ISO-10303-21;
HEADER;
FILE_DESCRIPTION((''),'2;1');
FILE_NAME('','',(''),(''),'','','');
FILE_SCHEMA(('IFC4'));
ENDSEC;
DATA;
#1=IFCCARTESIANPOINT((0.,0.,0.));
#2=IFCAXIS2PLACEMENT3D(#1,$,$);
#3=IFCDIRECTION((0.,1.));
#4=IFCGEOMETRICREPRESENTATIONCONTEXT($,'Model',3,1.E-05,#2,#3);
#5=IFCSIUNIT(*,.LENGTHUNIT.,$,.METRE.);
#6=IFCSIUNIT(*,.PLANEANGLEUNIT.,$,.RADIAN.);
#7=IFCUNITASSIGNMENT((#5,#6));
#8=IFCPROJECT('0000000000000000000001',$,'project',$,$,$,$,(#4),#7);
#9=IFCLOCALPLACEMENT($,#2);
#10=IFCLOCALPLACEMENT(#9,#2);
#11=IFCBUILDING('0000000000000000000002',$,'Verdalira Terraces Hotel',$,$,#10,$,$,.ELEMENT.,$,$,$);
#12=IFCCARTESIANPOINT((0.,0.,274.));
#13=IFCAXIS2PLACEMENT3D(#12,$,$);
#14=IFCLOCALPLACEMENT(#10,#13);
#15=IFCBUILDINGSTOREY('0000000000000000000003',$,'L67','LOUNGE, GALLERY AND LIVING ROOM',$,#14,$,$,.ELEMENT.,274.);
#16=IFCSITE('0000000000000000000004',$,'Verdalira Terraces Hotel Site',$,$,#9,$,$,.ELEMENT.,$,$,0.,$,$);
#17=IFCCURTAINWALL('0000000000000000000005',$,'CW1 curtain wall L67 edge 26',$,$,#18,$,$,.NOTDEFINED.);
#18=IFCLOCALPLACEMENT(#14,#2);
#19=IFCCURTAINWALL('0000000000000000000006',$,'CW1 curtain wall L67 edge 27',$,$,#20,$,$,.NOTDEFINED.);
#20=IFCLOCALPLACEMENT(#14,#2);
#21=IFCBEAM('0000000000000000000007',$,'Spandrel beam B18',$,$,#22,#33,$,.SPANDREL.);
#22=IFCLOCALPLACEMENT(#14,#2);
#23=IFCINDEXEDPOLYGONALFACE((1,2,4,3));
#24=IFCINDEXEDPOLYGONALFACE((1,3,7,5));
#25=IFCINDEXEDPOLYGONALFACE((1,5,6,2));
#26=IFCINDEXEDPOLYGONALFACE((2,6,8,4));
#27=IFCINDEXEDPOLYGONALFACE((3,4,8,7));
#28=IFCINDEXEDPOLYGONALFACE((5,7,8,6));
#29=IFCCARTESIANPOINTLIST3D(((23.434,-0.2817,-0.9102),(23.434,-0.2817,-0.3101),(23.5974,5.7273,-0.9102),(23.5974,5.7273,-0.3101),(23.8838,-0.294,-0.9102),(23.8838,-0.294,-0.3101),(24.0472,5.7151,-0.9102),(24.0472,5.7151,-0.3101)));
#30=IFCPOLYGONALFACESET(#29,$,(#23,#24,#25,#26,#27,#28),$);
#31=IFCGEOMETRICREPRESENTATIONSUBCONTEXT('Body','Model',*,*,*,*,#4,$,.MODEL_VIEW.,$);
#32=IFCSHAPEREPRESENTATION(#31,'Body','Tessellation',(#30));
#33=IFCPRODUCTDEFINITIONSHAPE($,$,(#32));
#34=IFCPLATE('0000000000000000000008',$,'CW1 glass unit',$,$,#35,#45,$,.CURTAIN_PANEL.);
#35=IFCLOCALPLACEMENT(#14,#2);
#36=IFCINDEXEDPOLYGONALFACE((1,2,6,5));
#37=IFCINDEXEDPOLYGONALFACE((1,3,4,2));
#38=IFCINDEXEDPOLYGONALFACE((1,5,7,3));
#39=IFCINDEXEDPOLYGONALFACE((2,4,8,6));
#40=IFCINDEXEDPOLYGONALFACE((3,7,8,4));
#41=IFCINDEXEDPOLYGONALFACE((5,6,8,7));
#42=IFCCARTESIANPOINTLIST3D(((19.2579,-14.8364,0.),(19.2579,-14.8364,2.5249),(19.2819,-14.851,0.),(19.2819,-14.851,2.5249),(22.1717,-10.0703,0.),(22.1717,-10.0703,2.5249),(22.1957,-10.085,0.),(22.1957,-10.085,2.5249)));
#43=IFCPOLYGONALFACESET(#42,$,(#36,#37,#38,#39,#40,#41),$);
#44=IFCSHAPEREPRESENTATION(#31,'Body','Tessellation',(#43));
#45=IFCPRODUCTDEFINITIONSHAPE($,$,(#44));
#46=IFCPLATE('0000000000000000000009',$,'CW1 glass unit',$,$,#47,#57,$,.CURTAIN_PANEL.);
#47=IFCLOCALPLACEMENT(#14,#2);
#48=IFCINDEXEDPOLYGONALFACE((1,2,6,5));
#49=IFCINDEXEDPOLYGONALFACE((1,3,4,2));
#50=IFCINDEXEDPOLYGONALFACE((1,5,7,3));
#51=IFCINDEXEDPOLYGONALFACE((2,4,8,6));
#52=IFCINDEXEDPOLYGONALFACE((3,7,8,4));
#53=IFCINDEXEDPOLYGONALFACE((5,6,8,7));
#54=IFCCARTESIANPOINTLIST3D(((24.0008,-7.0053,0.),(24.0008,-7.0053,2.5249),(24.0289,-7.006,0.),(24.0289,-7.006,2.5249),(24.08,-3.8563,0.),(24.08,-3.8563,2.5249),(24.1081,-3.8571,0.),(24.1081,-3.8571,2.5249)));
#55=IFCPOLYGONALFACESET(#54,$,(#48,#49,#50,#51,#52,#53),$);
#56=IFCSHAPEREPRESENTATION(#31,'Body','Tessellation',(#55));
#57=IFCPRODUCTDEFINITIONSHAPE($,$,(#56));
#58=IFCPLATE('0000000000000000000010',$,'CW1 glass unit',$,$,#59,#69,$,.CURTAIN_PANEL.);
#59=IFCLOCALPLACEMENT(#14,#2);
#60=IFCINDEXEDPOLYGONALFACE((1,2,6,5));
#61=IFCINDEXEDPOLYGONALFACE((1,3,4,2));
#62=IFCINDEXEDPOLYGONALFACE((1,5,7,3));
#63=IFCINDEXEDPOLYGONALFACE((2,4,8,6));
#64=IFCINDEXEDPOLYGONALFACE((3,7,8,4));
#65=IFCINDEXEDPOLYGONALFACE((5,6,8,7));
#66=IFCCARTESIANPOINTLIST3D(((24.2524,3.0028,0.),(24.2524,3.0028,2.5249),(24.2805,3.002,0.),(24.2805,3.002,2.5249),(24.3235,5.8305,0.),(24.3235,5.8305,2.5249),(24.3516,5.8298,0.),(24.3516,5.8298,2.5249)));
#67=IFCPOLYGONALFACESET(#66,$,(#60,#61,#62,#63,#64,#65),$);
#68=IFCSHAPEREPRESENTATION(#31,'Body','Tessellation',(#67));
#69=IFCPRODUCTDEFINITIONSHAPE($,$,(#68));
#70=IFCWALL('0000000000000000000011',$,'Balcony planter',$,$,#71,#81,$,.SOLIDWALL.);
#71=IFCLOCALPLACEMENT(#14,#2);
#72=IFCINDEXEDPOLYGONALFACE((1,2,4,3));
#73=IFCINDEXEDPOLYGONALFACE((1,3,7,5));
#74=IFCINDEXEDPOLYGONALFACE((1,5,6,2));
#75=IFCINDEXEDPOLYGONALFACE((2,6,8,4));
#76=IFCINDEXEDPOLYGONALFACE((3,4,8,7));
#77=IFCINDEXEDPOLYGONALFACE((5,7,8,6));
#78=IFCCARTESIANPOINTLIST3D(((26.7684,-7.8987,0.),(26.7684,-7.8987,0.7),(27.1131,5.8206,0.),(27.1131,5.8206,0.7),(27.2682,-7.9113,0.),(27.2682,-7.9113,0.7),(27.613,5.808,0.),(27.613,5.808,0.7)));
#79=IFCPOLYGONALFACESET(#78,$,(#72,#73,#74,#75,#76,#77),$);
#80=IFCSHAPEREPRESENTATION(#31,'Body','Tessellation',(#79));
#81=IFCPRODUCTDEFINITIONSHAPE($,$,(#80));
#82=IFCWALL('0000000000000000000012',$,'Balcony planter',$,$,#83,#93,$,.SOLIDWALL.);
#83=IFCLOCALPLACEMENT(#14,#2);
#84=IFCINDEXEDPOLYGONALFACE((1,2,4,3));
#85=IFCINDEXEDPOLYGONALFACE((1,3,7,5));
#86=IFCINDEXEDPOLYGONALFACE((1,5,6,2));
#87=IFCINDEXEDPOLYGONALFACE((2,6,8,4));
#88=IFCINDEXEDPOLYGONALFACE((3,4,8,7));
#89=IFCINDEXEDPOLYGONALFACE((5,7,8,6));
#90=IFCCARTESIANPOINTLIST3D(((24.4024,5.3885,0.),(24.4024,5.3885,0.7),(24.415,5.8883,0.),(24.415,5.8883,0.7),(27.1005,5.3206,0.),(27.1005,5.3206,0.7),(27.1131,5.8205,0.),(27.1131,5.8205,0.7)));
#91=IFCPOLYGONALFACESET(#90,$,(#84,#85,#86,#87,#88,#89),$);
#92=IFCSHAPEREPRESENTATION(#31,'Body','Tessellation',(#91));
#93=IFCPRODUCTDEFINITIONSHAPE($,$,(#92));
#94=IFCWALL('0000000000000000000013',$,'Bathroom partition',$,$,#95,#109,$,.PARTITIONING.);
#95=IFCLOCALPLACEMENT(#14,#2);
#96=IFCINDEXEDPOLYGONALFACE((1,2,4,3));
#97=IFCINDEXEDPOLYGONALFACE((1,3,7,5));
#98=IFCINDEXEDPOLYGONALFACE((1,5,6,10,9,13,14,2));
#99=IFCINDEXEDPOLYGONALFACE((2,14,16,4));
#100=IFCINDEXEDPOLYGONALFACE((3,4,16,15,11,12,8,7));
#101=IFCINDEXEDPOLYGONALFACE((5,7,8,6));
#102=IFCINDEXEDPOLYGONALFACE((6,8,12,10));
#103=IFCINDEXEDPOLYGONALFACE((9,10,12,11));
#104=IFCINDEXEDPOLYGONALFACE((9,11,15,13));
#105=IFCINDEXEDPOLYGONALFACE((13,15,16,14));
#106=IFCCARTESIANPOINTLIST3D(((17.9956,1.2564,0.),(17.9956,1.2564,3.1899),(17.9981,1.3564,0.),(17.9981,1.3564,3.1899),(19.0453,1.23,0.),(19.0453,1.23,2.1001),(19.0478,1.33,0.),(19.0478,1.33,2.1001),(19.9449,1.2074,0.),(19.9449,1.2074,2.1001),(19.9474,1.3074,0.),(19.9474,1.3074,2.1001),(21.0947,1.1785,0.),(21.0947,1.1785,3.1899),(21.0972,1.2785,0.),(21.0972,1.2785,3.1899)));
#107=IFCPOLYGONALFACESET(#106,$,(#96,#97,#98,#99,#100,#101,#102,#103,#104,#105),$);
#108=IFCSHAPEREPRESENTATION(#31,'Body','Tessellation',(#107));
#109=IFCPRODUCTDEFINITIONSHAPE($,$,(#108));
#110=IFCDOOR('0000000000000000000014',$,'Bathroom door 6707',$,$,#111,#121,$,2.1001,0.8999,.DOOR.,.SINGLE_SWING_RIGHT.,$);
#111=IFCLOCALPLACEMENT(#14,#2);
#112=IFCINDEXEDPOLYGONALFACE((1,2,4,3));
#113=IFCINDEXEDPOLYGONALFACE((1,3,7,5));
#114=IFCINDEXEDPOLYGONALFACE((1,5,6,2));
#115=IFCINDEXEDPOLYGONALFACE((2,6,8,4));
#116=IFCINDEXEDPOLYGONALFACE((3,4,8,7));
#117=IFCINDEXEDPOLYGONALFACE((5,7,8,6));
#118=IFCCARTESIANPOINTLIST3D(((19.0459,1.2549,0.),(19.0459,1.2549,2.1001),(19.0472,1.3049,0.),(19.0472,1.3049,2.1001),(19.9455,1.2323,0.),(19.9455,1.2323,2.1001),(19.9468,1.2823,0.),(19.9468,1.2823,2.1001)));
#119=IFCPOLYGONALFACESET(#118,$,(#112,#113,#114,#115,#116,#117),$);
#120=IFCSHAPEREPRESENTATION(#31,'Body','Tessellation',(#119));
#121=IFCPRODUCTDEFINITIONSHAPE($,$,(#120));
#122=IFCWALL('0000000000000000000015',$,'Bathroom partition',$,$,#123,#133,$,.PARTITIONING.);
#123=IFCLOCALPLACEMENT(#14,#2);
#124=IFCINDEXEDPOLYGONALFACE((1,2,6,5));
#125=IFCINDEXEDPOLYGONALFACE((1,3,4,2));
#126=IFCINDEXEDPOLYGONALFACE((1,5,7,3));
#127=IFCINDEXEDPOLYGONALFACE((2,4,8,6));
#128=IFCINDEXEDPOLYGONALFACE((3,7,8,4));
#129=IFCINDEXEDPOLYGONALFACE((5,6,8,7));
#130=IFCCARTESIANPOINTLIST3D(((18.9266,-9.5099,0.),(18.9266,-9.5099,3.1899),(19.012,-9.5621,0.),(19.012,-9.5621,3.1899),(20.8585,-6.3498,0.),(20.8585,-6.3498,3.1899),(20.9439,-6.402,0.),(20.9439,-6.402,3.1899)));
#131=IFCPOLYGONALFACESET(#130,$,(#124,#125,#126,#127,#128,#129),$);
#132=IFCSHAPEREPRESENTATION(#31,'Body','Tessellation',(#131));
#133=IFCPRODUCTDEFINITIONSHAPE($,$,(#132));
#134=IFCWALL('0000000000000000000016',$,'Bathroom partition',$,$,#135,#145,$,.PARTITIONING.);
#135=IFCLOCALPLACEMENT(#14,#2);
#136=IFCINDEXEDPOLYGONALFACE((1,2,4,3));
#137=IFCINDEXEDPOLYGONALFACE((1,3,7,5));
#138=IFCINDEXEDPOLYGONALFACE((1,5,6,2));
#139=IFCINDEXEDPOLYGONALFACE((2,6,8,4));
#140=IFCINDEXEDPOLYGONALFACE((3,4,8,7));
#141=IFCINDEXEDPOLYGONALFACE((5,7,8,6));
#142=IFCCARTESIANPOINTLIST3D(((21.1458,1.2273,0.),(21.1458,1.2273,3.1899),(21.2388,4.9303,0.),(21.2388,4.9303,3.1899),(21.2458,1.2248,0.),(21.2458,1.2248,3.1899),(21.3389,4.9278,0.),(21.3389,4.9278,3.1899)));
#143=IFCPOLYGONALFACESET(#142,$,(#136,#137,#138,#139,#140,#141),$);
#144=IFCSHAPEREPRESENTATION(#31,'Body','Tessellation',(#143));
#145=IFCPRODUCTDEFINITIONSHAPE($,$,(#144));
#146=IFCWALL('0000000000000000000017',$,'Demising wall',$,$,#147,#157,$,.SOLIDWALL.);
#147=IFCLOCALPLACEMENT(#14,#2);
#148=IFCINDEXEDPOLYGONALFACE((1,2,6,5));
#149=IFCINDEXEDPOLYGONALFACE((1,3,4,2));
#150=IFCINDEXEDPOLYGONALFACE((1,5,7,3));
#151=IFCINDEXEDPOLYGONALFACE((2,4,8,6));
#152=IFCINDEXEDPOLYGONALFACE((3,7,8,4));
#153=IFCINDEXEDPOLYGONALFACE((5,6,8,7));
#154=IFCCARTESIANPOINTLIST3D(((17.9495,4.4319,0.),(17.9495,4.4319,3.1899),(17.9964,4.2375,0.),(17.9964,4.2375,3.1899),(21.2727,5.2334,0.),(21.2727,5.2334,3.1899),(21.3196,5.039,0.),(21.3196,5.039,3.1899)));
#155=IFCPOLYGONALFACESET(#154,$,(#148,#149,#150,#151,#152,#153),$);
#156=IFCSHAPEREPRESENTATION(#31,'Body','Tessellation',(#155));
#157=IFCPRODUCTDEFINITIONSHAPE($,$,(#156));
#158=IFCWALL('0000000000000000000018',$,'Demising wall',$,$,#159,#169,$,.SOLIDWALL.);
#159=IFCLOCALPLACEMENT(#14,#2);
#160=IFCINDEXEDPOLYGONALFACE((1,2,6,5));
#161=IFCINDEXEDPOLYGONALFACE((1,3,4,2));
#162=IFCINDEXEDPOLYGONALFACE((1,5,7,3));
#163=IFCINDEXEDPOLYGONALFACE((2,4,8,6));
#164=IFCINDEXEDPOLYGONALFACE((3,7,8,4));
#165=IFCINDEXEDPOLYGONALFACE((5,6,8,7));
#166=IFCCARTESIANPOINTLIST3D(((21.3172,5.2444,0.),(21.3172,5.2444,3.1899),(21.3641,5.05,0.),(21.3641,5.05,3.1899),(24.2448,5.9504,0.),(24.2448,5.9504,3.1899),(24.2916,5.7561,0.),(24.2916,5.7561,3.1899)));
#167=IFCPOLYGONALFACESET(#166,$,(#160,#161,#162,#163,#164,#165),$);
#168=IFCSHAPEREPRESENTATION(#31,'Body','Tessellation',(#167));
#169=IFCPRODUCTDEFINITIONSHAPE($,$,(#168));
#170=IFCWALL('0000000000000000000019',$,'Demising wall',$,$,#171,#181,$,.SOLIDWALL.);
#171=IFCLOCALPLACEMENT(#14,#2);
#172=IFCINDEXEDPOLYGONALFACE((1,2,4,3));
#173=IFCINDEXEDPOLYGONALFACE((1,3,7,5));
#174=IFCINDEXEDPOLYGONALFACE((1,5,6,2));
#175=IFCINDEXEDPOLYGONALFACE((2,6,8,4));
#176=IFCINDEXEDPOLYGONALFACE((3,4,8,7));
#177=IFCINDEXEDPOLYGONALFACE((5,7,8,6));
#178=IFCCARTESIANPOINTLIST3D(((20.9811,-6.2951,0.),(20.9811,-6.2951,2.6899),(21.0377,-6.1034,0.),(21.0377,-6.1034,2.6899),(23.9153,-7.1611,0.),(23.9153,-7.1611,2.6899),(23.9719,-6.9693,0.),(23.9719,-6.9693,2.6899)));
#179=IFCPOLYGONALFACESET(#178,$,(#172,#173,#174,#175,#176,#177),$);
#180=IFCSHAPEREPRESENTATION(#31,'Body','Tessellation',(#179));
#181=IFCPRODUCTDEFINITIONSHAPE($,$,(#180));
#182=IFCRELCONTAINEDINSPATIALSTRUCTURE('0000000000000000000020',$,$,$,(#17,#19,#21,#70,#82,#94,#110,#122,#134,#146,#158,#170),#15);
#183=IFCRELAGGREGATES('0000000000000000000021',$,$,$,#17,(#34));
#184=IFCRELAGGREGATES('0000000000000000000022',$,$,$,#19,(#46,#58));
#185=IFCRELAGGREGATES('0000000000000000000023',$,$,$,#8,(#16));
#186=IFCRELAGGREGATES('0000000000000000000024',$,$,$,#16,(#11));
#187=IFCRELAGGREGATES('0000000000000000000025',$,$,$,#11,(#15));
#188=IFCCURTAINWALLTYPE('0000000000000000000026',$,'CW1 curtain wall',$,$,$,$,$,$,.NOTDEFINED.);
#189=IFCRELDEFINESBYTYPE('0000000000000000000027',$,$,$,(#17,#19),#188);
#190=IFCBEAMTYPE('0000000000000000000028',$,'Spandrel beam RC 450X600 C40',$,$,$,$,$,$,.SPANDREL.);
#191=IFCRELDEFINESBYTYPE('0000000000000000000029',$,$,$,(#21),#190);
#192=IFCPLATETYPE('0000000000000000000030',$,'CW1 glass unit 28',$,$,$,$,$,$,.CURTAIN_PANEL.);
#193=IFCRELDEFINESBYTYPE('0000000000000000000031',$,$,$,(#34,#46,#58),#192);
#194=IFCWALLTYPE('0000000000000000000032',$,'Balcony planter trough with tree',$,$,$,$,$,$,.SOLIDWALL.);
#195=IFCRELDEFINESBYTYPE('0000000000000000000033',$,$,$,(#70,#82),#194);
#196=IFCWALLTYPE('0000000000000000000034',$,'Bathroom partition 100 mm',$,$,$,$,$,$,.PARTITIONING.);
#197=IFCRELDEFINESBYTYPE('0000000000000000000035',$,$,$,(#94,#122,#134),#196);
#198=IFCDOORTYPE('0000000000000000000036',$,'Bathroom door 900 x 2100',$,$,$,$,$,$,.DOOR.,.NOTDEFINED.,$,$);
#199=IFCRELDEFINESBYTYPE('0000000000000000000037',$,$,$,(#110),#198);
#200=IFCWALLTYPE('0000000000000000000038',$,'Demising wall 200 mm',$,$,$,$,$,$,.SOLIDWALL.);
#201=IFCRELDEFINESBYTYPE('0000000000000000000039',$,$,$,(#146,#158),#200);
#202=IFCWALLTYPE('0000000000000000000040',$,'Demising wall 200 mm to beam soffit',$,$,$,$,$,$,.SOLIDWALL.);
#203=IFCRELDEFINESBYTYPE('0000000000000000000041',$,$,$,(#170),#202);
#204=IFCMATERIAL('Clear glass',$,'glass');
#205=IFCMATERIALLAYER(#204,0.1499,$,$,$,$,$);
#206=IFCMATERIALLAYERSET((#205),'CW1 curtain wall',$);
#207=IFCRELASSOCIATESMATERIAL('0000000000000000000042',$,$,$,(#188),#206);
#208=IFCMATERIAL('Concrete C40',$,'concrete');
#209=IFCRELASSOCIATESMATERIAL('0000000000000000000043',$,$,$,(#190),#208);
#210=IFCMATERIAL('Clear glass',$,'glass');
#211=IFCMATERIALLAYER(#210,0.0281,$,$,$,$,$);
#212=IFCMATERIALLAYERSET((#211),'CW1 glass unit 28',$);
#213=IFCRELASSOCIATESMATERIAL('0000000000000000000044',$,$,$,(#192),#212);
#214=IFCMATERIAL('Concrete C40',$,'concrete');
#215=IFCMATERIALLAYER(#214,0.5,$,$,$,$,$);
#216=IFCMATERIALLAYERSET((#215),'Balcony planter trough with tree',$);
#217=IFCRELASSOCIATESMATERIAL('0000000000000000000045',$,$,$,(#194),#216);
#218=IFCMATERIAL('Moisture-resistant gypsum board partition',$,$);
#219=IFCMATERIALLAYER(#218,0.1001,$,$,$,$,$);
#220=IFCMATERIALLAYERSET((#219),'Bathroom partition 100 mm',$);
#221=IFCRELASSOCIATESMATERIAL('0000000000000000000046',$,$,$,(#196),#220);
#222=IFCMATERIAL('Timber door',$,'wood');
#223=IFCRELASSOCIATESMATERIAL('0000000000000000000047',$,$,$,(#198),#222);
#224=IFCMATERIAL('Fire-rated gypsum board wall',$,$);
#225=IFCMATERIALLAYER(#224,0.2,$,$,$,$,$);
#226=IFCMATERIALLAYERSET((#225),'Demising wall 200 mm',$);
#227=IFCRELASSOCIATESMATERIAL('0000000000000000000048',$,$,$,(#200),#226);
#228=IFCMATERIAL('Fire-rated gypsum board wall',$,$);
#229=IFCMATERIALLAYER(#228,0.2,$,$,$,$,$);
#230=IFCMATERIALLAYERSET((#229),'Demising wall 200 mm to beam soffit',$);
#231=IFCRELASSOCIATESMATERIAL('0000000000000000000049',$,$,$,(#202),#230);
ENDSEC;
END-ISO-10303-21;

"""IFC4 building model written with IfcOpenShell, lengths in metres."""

from ifc_helpers import new_model, si_unit, direction, frame, frame_2d, origin, origin_2d, place, context, subcontext, project, spatial, rectangle, extrude, material, layer, layer_set, material_profile, profile_set, type_object, element, fill, aggregate, save


model = new_model("IFC4")

# Units and contexts
model_context = context("Model", 3, precision=1e-05, world=origin(), true_north=direction((0.0, 1.0)))
body_context = subcontext(model_context, "Body", "Model", "MODEL_VIEW")
ifc_project = project(units=[si_unit("LENGTHUNIT", "METRE"), si_unit("PLANEANGLEUNIT", "RADIAN")], contexts=[model_context])

# Site, building, storey
site_placement = place(None, origin())
site = spatial("IfcSite", under=ifc_project, at=site_placement, Name="Verdalira Terraces Hotel Site", CompositionType="ELEMENT", RefElevation=0.0)
building_placement = place(site_placement, origin())
building = spatial("IfcBuilding", under=site, at=building_placement, Name="Verdalira Terraces Hotel", CompositionType="ELEMENT")
storey_placement = place(building_placement, frame((0.0, 0.0, 274.0)))
storey = spatial("IfcBuildingStorey", under=building, at=storey_placement, Name="L67", Description="LOUNGE, GALLERY AND LIVING ROOM", CompositionType="ELEMENT", Elevation=274.0)

# Curtain wall
ifc_material_1 = material(Name="Clear glass", Category="glass")
ifc_layer_1 = layer(ifc_material_1, 0.1499)
ifc_layer_set_1 = layer_set([ifc_layer_1], Name="CW1 curtain wall")
curtain_wall_type = type_object("IfcCurtainWallType", Name="CW1 curtain wall", PredefinedType="NOTDEFINED", material=ifc_layer_set_1)
curtain_wall_1_placement = place(storey_placement, origin())
curtain_wall_1 = element("IfcCurtainWall", 1, at=curtain_wall_1_placement, inside=storey, type_object=curtain_wall_type, Name="CW1 curtain wall L67 edge 26", PredefinedType="NOTDEFINED")

# Curtain wall
curtain_wall_2_placement = place(storey_placement, origin())
curtain_wall_2 = element("IfcCurtainWall", 2, at=curtain_wall_2_placement, inside=storey, type_object=curtain_wall_type, Name="CW1 curtain wall L67 edge 27", PredefinedType="NOTDEFINED")

# Beam
ifc_material_2 = material(Name="Concrete C40", Category="concrete")
ifc_material_profile_1 = material_profile(ifc_material_2, rectangle(XDim=0.45, YDim=0.6001, at=origin_2d()), Name="RC 450X600")
ifc_profile_set_1 = profile_set([ifc_material_profile_1], Name="Concrete C40")
beam_type_1 = type_object("IfcBeamType", Name="Spandrel beam RC 450X600 C40", PredefinedType="SPANDREL", material=ifc_profile_set_1)
beam_1_placement = place(storey_placement, frame((23.6589, -0.2878, -0.6101), z_axis=(0.027171, 0.999631, 0.0), x_axis=(-0.999631, 0.027171, 0.0)))
element("IfcBeam", 3, at=beam_1_placement, inside=storey, type_object=beam_type_1, Name="Spandrel beam B18", PredefinedType="SPANDREL", context=body_context, shape_type="SweptSolid", body=[
    extrude(rectangle(XDim=0.45, YDim=0.6001, at=origin_2d()), origin(), (0.0, 0.0, 1.0), 6.0112),
])

# Plates
ifc_material_3 = material(Name="Clear glass", Category="glass")
ifc_layer_2 = layer(ifc_material_3, 0.0281)
ifc_layer_set_2 = layer_set([ifc_layer_2], Name="CW1 glass unit 28")
plate_type = type_object("IfcPlateType", Name="CW1 glass unit 28", PredefinedType="CURTAIN_PANEL", material=ifc_layer_set_2)
plate_1_placement = place(storey_placement, frame((20.7268, -12.4607, 0.0), z_axis=(0.0, 0.0, 1.0), x_axis=(0.521605, 0.853187, 0.0)))
plate_1 = element("IfcPlate", 4, at=plate_1_placement, type_object=plate_type, Name="CW1 glass unit", PredefinedType="CURTAIN_PANEL", context=body_context, shape_type="SweptSolid", body=[
    extrude(rectangle(XDim=5.5862, YDim=0.0281, at=origin_2d()), origin(), (0.0, 0.0, 1.0), 2.5249),
])
aggregate(curtain_wall_1, [plate_1])
plate_2_placement = place(storey_placement, frame((24.0544, -5.4312, 0.0), z_axis=(0.0, 0.0, 1.0), x_axis=(0.02513, 0.999684, 0.0)))
plate_2 = element("IfcPlate", 5, at=plate_2_placement, type_object=plate_type, Name="CW1 glass unit", PredefinedType="CURTAIN_PANEL", context=body_context, shape_type="SweptSolid", body=[
    extrude(rectangle(XDim=3.1499, YDim=0.0281, at=origin_2d()), origin(), (0.0, 0.0, 1.0), 2.5249),
])
plate_3_placement = place(storey_placement, frame((24.302, 4.4163, 0.0), z_axis=(0.0, 0.0, 1.0), x_axis=(0.02513, 0.999684, 0.0)))
plate_3 = element("IfcPlate", 6, at=plate_3_placement, type_object=plate_type, Name="CW1 glass unit", PredefinedType="CURTAIN_PANEL", context=body_context, shape_type="SweptSolid", body=[
    extrude(rectangle(XDim=2.8286, YDim=0.0281, at=origin_2d()), origin(), (0.0, 0.0, 1.0), 2.5249),
])
aggregate(curtain_wall_2, [plate_2, plate_3])

# Walls
ifc_material_4 = material(Name="Concrete C40", Category="concrete")
ifc_layer_3 = layer(ifc_material_4, 0.5)
ifc_layer_set_3 = layer_set([ifc_layer_3], Name="Balcony planter trough with tree")
wall_type_1 = type_object("IfcWallType", Name="Balcony planter trough with tree", PredefinedType="SOLIDWALL", material=ifc_layer_set_3)
wall_1_placement = place(storey_placement, frame((27.0183, -7.905, 0.0), z_axis=(0.0, 0.0, 1.0), x_axis=(0.025119, 0.999684, 0.0)))
element("IfcWall", 7, at=wall_1_placement, inside=storey, type_object=wall_type_1, Name="Balcony planter", PredefinedType="SOLIDWALL", context=body_context, shape_type="SweptSolid", body=[
    extrude(rectangle(XDim=13.7236, YDim=0.5, at=frame_2d((6.8618, 0.0))), origin(), (0.0, 0.0, 1.0), 0.7),
])
wall_2_placement = place(storey_placement, frame((27.1069, 5.5706, 0.0), z_axis=(0.0, 0.0, 1.0), x_axis=(-0.999684, 0.025146, 0.0)))
element("IfcWall", 8, at=wall_2_placement, inside=storey, type_object=wall_type_1, Name="Balcony planter", PredefinedType="SOLIDWALL", context=body_context, shape_type="SweptSolid", body=[
    extrude(rectangle(XDim=2.699, YDim=0.5, at=frame_2d((1.3496, 0.0))), origin(), (0.0, 0.0, 1.0), 0.7),
])

# Wall, opening, door
ifc_material_5 = material(Name="Moisture-resistant gypsum board partition")
ifc_layer_4 = layer(ifc_material_5, 0.1001)
ifc_layer_set_4 = layer_set([ifc_layer_4], Name="Bathroom partition 100 mm")
wall_type_2 = type_object("IfcWallType", Name="Bathroom partition 100 mm", PredefinedType="PARTITIONING", material=ifc_layer_set_4)
wall_3_placement = place(storey_placement, frame((17.9968, 1.3064, 0.0), z_axis=(0.0, 0.0, 1.0), x_axis=(0.999684, -0.025122, 0.0)))
wall_3 = element("IfcWall", 9, at=wall_3_placement, inside=storey, type_object=wall_type_2, Name="Bathroom partition", PredefinedType="PARTITIONING", context=body_context, shape_type="SweptSolid", body=[
    extrude(rectangle(XDim=3.1001, YDim=0.1001, at=frame_2d((1.55, 0.0))), origin(), (0.0, 0.0, 1.0), 3.1899),
])
opening_1_placement = place(wall_3_placement, frame((1.05, 0.0, 0.0)))
opening_1 = element("IfcOpeningElement", 10, at=opening_1_placement, cuts=wall_3, PredefinedType="OPENING", context=body_context, shape_type="SweptSolid", body=[
    extrude(rectangle(XDim=0.8999, YDim=2.1001, at=frame_2d((0.45, 1.05))), frame((0.0, 0.0601, 0.0), z_axis=(0.0, -1.0, 0.0), x_axis=(1.0, 0.0, 0.0)), (0.0, 0.0, 1.0), 0.1201),
])
ifc_material_6 = material(Name="Timber door", Category="wood")
door_type_1 = type_object("IfcDoorType", Name="Bathroom door 900 x 2100", OperationType="NOTDEFINED", PredefinedType="DOOR", material=ifc_material_6)
door_1_placement = place(opening_1_placement, origin())
door_1 = element("IfcDoor", 11, at=door_1_placement, inside=storey, type_object=door_type_1, Name="Bathroom door 6707", OperationType="SINGLE_SWING_RIGHT", OverallHeight=2.1001, OverallWidth=0.8999, PredefinedType="DOOR", context=body_context, shape_type="SweptSolid", body=[
    extrude(rectangle(XDim=0.8999, YDim=2.1001, at=frame_2d((0.45, 1.05))), frame((0.0, 0.0249, 0.0), z_axis=(0.0, -1.0, 0.0), x_axis=(1.0, 0.0, 0.0)), (0.0, 0.0, 1.0), 0.05),
])
fill(opening_1, door_1)

# Walls
wall_4_placement = place(storey_placement, frame((18.9692, -9.5361, 0.0), z_axis=(0.0, 0.0, 1.0), x_axis=(0.521583, 0.8532, 0.0)))
element("IfcWall", 12, at=wall_4_placement, inside=storey, type_object=wall_type_2, Name="Bathroom partition", PredefinedType="PARTITIONING", context=body_context, shape_type="SweptSolid", body=[
    extrude(rectangle(XDim=3.7039, YDim=0.1001, at=frame_2d((1.8521, 0.0))), origin(), (0.0, 0.0, 1.0), 3.1899),
])
wall_5_placement = place(storey_placement, frame((21.1958, 1.2261, 0.0), z_axis=(0.0, 0.0, 1.0), x_axis=(0.025112, 0.999685, 0.0)))
element("IfcWall", 13, at=wall_5_placement, inside=storey, type_object=wall_type_2, Name="Bathroom partition", PredefinedType="PARTITIONING", context=body_context, shape_type="SweptSolid", body=[
    extrude(rectangle(XDim=3.7041, YDim=0.1001, at=frame_2d((1.8521, 0.0))), origin(), (0.0, 0.0, 1.0), 3.1899),
])
ifc_material_7 = material(Name="Fire-rated gypsum board wall")
ifc_layer_5 = layer(ifc_material_7, 0.2)
ifc_layer_set_5 = layer_set([ifc_layer_5], Name="Demising wall 200 mm")
wall_type_3 = type_object("IfcWallType", Name="Demising wall 200 mm", PredefinedType="SOLIDWALL", material=ifc_layer_set_5)
wall_6_placement = place(storey_placement, frame((21.2961, 5.1362, 0.0), z_axis=(0.0, 0.0, 1.0), x_axis=(-0.972125, -0.234461, 0.0)))
element("IfcWall", 14, at=wall_6_placement, inside=storey, type_object=wall_type_3, Name="Demising wall", PredefinedType="SOLIDWALL", context=body_context, shape_type="SweptSolid", body=[
    extrude(rectangle(XDim=3.4185, YDim=0.2, at=frame_2d((1.7092, 0.0))), origin(), (0.0, 0.0, 1.0), 3.1899),
])
wall_7_placement = place(storey_placement, frame((24.2683, 5.8533, 0.0), z_axis=(0.0, 0.0, 1.0), x_axis=(-0.972126, -0.234458, 0.0)))
element("IfcWall", 15, at=wall_7_placement, inside=storey, type_object=wall_type_3, Name="Demising wall", PredefinedType="SOLIDWALL", context=body_context, shape_type="SweptSolid", body=[
    extrude(rectangle(XDim=3.0115, YDim=0.2, at=frame_2d((1.5059, 0.0))), origin(), (0.0, 0.0, 1.0), 3.1899),
])
ifc_material_8 = material(Name="Fire-rated gypsum board wall")
ifc_layer_6 = layer(ifc_material_8, 0.2)
ifc_layer_set_6 = layer_set([ifc_layer_6], Name="Demising wall 200 mm to beam soffit")
wall_type_4 = type_object("IfcWallType", Name="Demising wall 200 mm to beam soffit", PredefinedType="SOLIDWALL", material=ifc_layer_set_6)
wall_8_placement = place(storey_placement, frame((21.0093, -6.1992, 0.0), z_axis=(0.0, 0.0, 1.0), x_axis=(0.959106, -0.283048, 0.0)))
element("IfcWall", 16, at=wall_8_placement, inside=storey, type_object=wall_type_4, Name="Demising wall", PredefinedType="SOLIDWALL", context=body_context, shape_type="SweptSolid", body=[
    extrude(rectangle(XDim=3.0593, YDim=0.2, at=frame_2d((1.5298, 0.0))), origin(), (0.0, 0.0, 1.0), 2.6899),
])

save(model, "model.ifc")
